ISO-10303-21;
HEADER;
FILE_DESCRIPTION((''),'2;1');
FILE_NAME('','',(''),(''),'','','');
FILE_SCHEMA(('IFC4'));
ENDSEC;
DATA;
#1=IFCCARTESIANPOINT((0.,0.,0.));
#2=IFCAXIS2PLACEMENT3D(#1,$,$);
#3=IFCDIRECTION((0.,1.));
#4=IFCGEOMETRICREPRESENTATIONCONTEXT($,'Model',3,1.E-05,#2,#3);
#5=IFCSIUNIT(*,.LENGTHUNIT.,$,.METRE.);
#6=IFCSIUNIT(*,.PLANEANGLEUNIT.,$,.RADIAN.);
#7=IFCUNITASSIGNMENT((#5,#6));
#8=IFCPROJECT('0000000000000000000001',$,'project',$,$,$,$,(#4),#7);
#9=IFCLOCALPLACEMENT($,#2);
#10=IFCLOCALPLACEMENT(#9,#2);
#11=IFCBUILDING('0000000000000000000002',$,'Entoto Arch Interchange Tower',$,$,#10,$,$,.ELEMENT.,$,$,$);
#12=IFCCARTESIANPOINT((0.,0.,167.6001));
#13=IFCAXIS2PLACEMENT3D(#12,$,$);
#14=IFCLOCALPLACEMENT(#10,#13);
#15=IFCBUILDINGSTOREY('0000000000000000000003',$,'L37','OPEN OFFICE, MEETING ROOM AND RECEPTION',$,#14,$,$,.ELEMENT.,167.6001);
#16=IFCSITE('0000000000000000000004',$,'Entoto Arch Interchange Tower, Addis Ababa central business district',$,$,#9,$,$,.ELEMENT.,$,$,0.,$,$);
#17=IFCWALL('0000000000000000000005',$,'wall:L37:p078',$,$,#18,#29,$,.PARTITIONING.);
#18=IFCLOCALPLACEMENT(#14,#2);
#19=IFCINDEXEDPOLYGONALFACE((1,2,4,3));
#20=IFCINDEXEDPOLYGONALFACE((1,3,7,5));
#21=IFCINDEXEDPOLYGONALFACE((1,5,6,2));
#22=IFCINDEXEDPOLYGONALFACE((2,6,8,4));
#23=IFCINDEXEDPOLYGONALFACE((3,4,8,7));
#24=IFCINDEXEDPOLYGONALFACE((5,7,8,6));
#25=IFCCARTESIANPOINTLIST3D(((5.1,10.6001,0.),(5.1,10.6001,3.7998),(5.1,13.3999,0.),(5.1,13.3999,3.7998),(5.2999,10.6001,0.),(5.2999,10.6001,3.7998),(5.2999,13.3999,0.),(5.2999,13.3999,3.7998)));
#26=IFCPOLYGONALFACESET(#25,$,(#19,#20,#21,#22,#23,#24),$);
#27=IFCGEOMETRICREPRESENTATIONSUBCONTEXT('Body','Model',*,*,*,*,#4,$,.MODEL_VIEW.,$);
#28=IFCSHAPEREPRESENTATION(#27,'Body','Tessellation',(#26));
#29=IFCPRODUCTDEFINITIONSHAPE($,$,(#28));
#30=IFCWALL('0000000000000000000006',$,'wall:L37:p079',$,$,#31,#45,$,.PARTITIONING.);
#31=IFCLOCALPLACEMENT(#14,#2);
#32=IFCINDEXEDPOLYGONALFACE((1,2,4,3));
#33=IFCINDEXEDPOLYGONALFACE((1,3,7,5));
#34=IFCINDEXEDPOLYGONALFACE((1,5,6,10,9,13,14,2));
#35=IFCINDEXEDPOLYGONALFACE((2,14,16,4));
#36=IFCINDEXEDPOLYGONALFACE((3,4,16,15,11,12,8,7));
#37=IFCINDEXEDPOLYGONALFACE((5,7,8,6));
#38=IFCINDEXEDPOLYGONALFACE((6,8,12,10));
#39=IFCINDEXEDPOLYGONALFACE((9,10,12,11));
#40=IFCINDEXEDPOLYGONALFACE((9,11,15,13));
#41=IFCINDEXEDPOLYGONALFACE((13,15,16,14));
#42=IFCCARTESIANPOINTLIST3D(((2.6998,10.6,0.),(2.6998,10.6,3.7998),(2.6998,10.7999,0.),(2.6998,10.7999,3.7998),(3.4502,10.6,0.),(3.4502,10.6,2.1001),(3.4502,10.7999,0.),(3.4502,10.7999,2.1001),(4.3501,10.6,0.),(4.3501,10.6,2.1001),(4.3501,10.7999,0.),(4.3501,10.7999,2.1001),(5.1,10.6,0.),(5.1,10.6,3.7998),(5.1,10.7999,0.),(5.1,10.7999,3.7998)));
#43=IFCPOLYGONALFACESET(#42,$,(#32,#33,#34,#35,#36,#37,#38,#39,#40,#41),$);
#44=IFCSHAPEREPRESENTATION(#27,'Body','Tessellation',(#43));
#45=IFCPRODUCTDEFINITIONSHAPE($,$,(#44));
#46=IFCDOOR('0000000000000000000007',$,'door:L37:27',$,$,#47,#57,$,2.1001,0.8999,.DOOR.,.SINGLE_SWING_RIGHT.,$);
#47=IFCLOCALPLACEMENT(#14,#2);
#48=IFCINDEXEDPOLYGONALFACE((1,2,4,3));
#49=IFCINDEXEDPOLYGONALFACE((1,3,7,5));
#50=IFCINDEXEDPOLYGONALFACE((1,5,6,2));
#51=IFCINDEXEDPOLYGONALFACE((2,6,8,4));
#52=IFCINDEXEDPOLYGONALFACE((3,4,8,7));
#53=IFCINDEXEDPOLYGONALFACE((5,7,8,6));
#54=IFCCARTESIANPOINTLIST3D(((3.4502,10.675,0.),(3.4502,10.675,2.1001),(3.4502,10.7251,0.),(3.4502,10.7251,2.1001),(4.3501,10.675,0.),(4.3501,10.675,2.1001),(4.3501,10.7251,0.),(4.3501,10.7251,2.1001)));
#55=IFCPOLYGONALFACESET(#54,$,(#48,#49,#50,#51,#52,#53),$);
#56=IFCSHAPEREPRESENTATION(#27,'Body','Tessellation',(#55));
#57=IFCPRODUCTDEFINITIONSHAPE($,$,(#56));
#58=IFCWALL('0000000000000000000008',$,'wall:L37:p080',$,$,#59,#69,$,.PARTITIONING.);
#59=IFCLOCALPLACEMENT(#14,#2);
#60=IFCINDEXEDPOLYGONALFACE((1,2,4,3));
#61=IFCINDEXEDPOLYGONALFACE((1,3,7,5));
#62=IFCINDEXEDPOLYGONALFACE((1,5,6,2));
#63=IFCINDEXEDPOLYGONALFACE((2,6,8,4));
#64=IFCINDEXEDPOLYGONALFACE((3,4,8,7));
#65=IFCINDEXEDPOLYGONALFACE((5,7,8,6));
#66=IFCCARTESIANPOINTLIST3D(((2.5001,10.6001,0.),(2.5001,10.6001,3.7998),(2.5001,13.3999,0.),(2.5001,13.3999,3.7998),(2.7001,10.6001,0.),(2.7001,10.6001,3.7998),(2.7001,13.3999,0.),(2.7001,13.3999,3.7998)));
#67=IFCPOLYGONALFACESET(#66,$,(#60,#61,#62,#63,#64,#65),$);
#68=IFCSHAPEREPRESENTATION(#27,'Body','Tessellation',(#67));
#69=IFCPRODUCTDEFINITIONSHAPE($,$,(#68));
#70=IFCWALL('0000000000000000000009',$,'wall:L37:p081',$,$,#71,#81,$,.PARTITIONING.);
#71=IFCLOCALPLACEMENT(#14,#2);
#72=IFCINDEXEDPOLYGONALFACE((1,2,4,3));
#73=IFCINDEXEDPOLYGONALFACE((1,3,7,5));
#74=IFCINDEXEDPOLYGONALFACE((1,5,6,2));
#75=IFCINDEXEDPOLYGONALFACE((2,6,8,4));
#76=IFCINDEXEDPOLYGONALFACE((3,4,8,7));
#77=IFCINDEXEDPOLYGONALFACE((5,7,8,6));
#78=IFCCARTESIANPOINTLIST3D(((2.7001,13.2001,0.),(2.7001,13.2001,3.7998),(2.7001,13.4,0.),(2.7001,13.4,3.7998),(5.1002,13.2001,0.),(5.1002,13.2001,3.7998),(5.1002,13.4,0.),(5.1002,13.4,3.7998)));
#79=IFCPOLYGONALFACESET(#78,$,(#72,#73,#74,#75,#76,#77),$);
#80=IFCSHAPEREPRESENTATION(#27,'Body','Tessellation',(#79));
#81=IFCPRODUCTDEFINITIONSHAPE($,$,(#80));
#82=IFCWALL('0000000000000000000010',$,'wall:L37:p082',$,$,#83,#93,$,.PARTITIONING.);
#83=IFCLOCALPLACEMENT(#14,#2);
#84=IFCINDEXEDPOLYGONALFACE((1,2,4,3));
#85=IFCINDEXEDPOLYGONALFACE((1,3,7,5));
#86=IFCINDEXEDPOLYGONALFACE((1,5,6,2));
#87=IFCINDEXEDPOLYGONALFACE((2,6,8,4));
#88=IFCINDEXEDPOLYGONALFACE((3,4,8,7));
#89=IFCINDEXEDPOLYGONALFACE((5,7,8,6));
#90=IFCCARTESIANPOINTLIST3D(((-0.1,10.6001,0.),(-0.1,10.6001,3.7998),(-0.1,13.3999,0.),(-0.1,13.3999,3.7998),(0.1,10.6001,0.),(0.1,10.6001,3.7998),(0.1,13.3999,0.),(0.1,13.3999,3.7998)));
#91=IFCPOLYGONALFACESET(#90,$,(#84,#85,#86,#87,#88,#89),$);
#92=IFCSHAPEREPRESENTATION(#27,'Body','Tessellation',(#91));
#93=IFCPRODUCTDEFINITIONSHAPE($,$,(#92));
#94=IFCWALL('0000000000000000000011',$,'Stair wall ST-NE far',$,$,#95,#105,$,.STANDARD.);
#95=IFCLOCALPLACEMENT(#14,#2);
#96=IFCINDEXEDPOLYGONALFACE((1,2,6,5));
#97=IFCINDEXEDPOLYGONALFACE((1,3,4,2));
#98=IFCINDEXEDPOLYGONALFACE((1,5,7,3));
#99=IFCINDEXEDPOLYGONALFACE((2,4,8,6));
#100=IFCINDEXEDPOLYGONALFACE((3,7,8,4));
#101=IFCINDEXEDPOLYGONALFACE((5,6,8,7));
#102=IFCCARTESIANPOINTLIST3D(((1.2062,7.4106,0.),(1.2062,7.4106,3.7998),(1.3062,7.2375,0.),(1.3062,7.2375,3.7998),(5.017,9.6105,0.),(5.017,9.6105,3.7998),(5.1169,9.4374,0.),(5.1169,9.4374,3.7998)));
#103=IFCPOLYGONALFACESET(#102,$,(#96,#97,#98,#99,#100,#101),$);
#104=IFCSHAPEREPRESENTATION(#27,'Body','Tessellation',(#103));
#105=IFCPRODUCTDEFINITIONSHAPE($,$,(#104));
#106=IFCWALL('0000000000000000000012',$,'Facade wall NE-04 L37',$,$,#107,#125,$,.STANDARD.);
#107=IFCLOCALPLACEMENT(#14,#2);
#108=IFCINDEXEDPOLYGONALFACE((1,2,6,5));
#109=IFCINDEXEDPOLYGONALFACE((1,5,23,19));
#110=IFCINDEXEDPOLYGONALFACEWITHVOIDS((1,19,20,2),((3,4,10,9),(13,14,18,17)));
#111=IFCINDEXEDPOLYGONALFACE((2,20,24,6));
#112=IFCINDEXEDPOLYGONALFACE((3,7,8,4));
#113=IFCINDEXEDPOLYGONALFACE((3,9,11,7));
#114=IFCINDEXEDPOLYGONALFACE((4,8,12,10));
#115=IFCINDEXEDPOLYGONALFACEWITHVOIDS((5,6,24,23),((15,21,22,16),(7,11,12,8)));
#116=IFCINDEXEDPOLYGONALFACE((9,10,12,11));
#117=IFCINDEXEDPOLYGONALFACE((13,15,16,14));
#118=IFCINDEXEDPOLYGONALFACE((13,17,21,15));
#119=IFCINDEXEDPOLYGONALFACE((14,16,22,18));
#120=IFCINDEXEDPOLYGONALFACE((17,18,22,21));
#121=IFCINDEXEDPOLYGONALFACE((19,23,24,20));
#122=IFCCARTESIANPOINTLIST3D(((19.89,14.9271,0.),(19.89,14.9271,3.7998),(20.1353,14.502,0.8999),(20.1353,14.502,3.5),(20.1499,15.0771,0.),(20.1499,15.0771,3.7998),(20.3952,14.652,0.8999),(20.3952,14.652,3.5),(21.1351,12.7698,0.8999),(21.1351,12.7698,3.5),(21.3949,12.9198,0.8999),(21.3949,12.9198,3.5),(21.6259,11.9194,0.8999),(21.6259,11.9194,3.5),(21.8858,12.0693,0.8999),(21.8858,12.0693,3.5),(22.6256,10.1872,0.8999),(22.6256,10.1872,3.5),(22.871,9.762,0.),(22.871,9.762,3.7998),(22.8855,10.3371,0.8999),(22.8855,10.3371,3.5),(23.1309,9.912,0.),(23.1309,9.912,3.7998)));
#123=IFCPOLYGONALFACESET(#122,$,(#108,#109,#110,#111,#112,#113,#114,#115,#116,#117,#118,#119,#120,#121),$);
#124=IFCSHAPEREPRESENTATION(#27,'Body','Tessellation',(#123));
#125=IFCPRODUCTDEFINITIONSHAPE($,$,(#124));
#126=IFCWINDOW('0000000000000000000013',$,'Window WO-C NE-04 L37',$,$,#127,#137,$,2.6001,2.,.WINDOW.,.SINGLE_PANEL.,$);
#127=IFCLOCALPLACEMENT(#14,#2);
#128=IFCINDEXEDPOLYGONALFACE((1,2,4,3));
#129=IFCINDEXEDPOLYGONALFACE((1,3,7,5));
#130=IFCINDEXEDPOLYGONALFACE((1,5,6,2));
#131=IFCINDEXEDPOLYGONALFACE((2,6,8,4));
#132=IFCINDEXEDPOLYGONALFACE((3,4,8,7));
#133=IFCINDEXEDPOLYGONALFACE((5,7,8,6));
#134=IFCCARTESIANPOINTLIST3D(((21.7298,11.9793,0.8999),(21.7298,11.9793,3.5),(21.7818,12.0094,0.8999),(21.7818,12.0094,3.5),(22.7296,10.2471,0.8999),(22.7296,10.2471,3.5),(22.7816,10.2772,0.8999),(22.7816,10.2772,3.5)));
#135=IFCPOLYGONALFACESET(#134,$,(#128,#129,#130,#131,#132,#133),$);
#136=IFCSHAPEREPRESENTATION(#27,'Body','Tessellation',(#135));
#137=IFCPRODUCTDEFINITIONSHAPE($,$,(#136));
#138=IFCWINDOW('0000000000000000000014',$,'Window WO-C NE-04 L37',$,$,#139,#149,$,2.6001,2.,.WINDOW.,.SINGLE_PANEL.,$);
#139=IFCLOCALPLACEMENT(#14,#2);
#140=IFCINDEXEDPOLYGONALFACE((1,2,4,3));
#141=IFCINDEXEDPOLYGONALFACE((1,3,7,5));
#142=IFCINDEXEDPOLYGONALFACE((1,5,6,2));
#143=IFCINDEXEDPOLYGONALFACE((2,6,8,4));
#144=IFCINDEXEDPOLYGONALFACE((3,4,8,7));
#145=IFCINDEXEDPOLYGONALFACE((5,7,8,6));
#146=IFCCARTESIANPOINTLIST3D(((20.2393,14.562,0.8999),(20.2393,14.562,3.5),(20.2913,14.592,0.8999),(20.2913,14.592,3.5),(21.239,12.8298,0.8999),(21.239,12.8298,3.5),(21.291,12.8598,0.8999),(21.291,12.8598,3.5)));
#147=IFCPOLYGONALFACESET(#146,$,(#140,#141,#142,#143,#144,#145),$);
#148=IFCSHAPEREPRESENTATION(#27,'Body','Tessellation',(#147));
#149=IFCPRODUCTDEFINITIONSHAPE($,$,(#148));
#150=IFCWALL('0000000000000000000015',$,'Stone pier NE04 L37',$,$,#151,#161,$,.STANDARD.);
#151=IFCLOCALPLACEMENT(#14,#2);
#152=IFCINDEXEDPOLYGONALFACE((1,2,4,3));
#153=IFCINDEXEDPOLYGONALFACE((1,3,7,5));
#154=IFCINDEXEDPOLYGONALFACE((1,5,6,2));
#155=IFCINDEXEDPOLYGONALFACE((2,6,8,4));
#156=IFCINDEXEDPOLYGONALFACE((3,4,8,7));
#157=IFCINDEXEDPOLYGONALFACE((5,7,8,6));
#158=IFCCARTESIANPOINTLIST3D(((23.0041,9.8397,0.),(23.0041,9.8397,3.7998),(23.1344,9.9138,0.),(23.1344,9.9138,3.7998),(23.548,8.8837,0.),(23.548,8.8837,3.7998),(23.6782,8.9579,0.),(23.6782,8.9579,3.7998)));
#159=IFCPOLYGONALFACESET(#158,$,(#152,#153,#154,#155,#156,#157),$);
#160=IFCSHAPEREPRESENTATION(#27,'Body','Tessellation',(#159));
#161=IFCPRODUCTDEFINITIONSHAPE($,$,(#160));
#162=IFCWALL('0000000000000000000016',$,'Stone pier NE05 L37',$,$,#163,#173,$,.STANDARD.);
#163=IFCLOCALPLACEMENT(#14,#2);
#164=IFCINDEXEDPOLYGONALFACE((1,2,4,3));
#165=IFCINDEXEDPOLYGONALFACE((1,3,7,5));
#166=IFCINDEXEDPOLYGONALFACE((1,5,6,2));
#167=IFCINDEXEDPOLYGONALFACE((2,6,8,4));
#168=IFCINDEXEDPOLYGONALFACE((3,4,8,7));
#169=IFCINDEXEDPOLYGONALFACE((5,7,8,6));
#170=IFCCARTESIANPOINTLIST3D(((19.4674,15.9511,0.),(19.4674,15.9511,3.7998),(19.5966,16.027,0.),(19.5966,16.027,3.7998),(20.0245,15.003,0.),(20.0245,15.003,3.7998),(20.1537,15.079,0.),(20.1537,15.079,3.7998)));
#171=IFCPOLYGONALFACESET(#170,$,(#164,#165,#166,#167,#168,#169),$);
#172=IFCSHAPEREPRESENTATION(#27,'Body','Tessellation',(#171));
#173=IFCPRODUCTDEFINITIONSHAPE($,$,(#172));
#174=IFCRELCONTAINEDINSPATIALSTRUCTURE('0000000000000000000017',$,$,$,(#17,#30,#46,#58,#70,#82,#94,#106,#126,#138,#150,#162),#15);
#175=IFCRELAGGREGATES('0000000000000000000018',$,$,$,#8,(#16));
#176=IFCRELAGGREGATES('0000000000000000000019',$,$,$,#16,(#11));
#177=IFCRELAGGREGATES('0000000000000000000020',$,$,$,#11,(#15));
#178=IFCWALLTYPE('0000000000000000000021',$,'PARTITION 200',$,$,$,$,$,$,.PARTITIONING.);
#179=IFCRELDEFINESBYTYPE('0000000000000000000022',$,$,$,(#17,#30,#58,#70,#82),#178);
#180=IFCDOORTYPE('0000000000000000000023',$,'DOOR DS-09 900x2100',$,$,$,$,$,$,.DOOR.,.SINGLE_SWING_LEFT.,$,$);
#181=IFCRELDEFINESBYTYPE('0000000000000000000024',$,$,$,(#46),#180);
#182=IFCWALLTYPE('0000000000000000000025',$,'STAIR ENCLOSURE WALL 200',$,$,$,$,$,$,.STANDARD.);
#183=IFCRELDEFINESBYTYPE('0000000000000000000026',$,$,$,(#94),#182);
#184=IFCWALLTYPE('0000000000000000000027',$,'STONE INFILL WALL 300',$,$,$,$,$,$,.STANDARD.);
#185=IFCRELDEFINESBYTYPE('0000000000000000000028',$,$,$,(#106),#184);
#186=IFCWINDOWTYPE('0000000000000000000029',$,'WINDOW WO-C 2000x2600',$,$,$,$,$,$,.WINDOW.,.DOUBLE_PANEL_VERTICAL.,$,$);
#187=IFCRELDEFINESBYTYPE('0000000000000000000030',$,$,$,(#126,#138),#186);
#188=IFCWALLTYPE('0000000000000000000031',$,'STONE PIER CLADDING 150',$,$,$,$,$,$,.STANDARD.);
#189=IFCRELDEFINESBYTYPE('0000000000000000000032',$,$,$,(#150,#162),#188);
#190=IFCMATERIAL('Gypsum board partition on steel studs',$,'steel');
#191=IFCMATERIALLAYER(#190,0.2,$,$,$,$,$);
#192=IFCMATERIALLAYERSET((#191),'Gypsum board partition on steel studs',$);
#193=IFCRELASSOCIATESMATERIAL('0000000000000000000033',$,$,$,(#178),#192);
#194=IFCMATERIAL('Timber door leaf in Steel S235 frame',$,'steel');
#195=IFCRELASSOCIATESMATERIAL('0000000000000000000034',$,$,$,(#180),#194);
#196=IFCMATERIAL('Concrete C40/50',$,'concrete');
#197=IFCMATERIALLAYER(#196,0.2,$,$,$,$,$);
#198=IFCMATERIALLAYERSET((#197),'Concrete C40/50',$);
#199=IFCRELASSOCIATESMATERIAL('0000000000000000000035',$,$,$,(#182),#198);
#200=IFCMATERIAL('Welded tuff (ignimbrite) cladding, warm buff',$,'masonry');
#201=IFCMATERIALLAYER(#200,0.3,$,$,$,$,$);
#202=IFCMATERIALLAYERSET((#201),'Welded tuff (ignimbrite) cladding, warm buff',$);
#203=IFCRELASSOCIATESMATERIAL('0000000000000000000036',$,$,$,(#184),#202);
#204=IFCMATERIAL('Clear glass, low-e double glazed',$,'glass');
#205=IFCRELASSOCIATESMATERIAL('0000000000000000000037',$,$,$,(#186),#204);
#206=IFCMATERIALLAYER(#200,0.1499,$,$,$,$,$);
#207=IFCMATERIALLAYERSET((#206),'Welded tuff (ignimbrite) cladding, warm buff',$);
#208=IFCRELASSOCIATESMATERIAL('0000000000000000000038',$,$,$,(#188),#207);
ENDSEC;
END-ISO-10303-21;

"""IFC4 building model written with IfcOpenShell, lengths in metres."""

from ifc_helpers import new_model, si_unit, direction, frame, frame_2d, origin, place, context, subcontext, project, spatial, rectangle, extrude, material, layer, layer_set, type_object, element, fill, save


model = new_model("IFC4")

# Units and contexts
model_context = context("Model", 3, precision=1e-05, world=origin(), true_north=direction((0.0, 1.0)))
body_context = subcontext(model_context, "Body", "Model", "MODEL_VIEW")
ifc_project = project(units=[si_unit("LENGTHUNIT", "METRE"), si_unit("PLANEANGLEUNIT", "RADIAN")], contexts=[model_context])

# Site, building, storey
site_placement = place(None, origin())
site = spatial("IfcSite", under=ifc_project, at=site_placement, Name="Entoto Arch Interchange Tower, Addis Ababa central business district", CompositionType="ELEMENT", RefElevation=0.0)
building_placement = place(site_placement, origin())
building = spatial("IfcBuilding", under=site, at=building_placement, Name="Entoto Arch Interchange Tower", CompositionType="ELEMENT")
storey_placement = place(building_placement, frame((0.0, 0.0, 167.6001)))
storey = spatial("IfcBuildingStorey", under=building, at=storey_placement, Name="L37", Description="OPEN OFFICE, MEETING ROOM AND RECEPTION", CompositionType="ELEMENT", Elevation=167.6001)

# Wall
ifc_material_1 = material(Name="Gypsum board partition on steel studs", Category="steel")
ifc_layer_1 = layer(ifc_material_1, 0.2)
ifc_layer_set_1 = layer_set([ifc_layer_1], Name="Gypsum board partition on steel studs")
wall_type_1 = type_object("IfcWallType", Name="PARTITION 200", PredefinedType="PARTITIONING", material=ifc_layer_set_1)
wall_1_placement = place(storey_placement, frame((5.2, 13.3999, 0.0), z_axis=(0.0, 0.0, 1.0), x_axis=(0.0, -1.0, 0.0)))
element("IfcWall", 1, at=wall_1_placement, inside=storey, type_object=wall_type_1, Name="wall:L37:p078", PredefinedType="PARTITIONING", context=body_context, shape_type="SweptSolid", body=[
    extrude(rectangle(XDim=2.7998, YDim=0.2, at=frame_2d((1.3999, 0.0))), origin(), (0.0, 0.0, 1.0), 3.7998),
])

# Wall, opening, door
wall_2_placement = place(storey_placement, frame((5.1001, 10.7, 0.0), z_axis=(0.0, 0.0, 1.0), x_axis=(-1.0, 0.0, 0.0)))
wall_2 = element("IfcWall", 2, at=wall_2_placement, inside=storey, type_object=wall_type_1, Name="wall:L37:p079", PredefinedType="PARTITIONING", context=body_context, shape_type="SweptSolid", body=[
    extrude(rectangle(XDim=2.4001, YDim=0.2, at=frame_2d((1.2002, 0.0))), origin(), (0.0, 0.0, 1.0), 3.7998),
])
opening_1_placement = place(wall_2_placement, frame((0.75, 0.0, 0.0)))
opening_1 = element("IfcOpeningElement", 3, at=opening_1_placement, cuts=wall_2, PredefinedType="OPENING", context=body_context, shape_type="SweptSolid", body=[
    extrude(rectangle(XDim=0.8999, YDim=2.1001, at=frame_2d((0.45, 1.05))), frame((0.0, 0.1099, 0.0), z_axis=(0.0, -1.0, 0.0), x_axis=(1.0, 0.0, 0.0)), (0.0, 0.0, 1.0), 0.22),
])
ifc_material_2 = material(Name="Timber door leaf in Steel S235 frame", Category="steel")
door_type_1 = type_object("IfcDoorType", Name="DOOR DS-09 900x2100", OperationType="SINGLE_SWING_LEFT", PredefinedType="DOOR", material=ifc_material_2)
door_1_placement = place(opening_1_placement, origin())
door_1 = element("IfcDoor", 4, at=door_1_placement, inside=storey, type_object=door_type_1, Name="door:L37:27", OperationType="SINGLE_SWING_RIGHT", OverallHeight=2.1001, OverallWidth=0.8999, PredefinedType="DOOR", context=body_context, shape_type="SweptSolid", body=[
    extrude(rectangle(XDim=0.8999, YDim=2.1001, at=frame_2d((0.45, 1.05))), frame((0.0, 0.0249, 0.0), z_axis=(0.0, -1.0, 0.0), x_axis=(1.0, 0.0, 0.0)), (0.0, 0.0, 1.0), 0.05),
])
fill(opening_1, door_1)

# Walls
wall_3_placement = place(storey_placement, frame((2.6001, 10.6001, 0.0), z_axis=(0.0, 0.0, 1.0), x_axis=(0.0, 1.0, 0.0)))
element("IfcWall", 5, at=wall_3_placement, inside=storey, type_object=wall_type_1, Name="wall:L37:p080", PredefinedType="PARTITIONING", context=body_context, shape_type="SweptSolid", body=[
    extrude(rectangle(XDim=2.7998, YDim=0.2, at=frame_2d((1.3999, 0.0))), origin(), (0.0, 0.0, 1.0), 3.7998),
])
wall_4_placement = place(storey_placement, frame((2.7, 13.3, 0.0), z_axis=(0.0, 0.0, 1.0), x_axis=(1.0, 0.0, 0.0)))
element("IfcWall", 6, at=wall_4_placement, inside=storey, type_object=wall_type_1, Name="wall:L37:p081", PredefinedType="PARTITIONING", context=body_context, shape_type="SweptSolid", body=[
    extrude(rectangle(XDim=2.4001, YDim=0.2, at=frame_2d((1.2002, 0.0))), origin(), (0.0, 0.0, 1.0), 3.7998),
])
wall_5_placement = place(storey_placement, frame((0.0, 13.3999, 0.0), z_axis=(0.0, 0.0, 1.0), x_axis=(0.0, -1.0, 0.0)))
element("IfcWall", 7, at=wall_5_placement, inside=storey, type_object=wall_type_1, Name="wall:L37:p082", PredefinedType="PARTITIONING", context=body_context, shape_type="SweptSolid", body=[
    extrude(rectangle(XDim=2.7998, YDim=0.2, at=frame_2d((1.3999, 0.0))), origin(), (0.0, 0.0, 1.0), 3.7998),
])
ifc_material_3 = material(Name="Concrete C40/50", Category="concrete")
ifc_layer_2 = layer(ifc_material_3, 0.2)
ifc_layer_set_2 = layer_set([ifc_layer_2], Name="Concrete C40/50")
wall_type_2 = type_object("IfcWallType", Name="STAIR ENCLOSURE WALL 200", PredefinedType="STANDARD", material=ifc_layer_set_2)
wall_6_placement = place(storey_placement, frame((1.2561, 7.324, 0.0), z_axis=(0.0, 0.0, 1.0), x_axis=(0.866046, 0.499964, 0.0)))
element("IfcWall", 8, at=wall_6_placement, inside=storey, type_object=wall_type_2, Name="Stair wall ST-NE far", PredefinedType="STANDARD", context=body_context, shape_type="SweptSolid", body=[
    extrude(rectangle(XDim=4.4001, YDim=0.2, at=frame_2d((2.2002, 0.0))), origin(), (0.0, 0.0, 1.0), 3.7998),
])

# Wall, openings, windows
ifc_material_4 = material(Name="Welded tuff (ignimbrite) cladding, warm buff", Category="masonry")
ifc_layer_3 = layer(ifc_material_4, 0.3)
ifc_layer_set_3 = layer_set([ifc_layer_3], Name="Welded tuff (ignimbrite) cladding, warm buff")
wall_type_3 = type_object("IfcWallType", Name="STONE INFILL WALL 300", PredefinedType="STANDARD", material=ifc_layer_set_3)
wall_7_placement = place(storey_placement, frame((23.001, 9.8369, 0.0), z_axis=(0.0, 0.0, 1.0), x_axis=(-0.499864, 0.866104, 0.0)))
wall_7 = element("IfcWall", 9, at=wall_7_placement, inside=storey, type_object=wall_type_3, Name="Facade wall NE-04 L37", PredefinedType="STANDARD", context=body_context, shape_type="SweptSolid", body=[
    extrude(rectangle(XDim=5.9636, YDim=0.3, at=frame_2d((2.9819, 0.0))), origin(), (0.0, 0.0, 1.0), 3.7998),
])
opening_2_placement = place(wall_7_placement, frame((0.491, 0.0, 0.8999)))
opening_2 = element("IfcOpeningElement", 10, at=opening_2_placement, cuts=wall_7, PredefinedType="OPENING", context=body_context, shape_type="SweptSolid", body=[
    extrude(rectangle(XDim=2.0, YDim=2.6001, at=frame_2d((1.0, 1.3))), frame((0.0, 0.1602, 0.0), z_axis=(0.0, -1.0, 0.0), x_axis=(1.0, 0.0, 0.0)), (0.0, 0.0, 1.0), 0.3201),
])
opening_3_placement = place(wall_7_placement, frame((3.4729, 0.0, 0.8999)))
opening_3 = element("IfcOpeningElement", 11, at=opening_3_placement, cuts=wall_7, PredefinedType="OPENING", context=body_context, shape_type="SweptSolid", body=[
    extrude(rectangle(XDim=2.0, YDim=2.6001, at=frame_2d((1.0, 1.3))), frame((0.0, 0.1602, 0.0), z_axis=(0.0, -1.0, 0.0), x_axis=(1.0, 0.0, 0.0)), (0.0, 0.0, 1.0), 0.3201),
])
ifc_material_5 = material(Name="Clear glass, low-e double glazed", Category="glass")
window_type = type_object("IfcWindowType", Name="WINDOW WO-C 2000x2600", PartitioningType="DOUBLE_PANEL_VERTICAL", PredefinedType="WINDOW", material=ifc_material_5)
window_1_placement = place(opening_2_placement, origin())
window_1 = element("IfcWindow", 12, at=window_1_placement, inside=storey, type_object=window_type, Name="Window WO-C NE-04 L37", OverallHeight=2.6001, OverallWidth=2.0, PartitioningType="SINGLE_PANEL", PredefinedType="WINDOW", context=body_context, shape_type="SweptSolid", body=[
    extrude(rectangle(XDim=2.0, YDim=2.6001, at=frame_2d((1.0, 1.3))), frame((0.0, 0.03, 0.0), z_axis=(0.0, -1.0, 0.0), x_axis=(1.0, 0.0, 0.0)), (0.0, 0.0, 1.0), 0.0601),
])
fill(opening_2, window_1)
window_2_placement = place(opening_3_placement, origin())
window_2 = element("IfcWindow", 13, at=window_2_placement, inside=storey, type_object=window_type, Name="Window WO-C NE-04 L37", OverallHeight=2.6001, OverallWidth=2.0, PartitioningType="SINGLE_PANEL", PredefinedType="WINDOW", context=body_context, shape_type="SweptSolid", body=[
    extrude(rectangle(XDim=2.0, YDim=2.6001, at=frame_2d((1.0, 1.3))), frame((0.0, 0.03, 0.0), z_axis=(0.0, -1.0, 0.0), x_axis=(1.0, 0.0, 0.0)), (0.0, 0.0, 1.0), 0.0601),
])
fill(opening_3, window_2)

# Walls
ifc_layer_4 = layer(ifc_material_4, 0.1499)
ifc_layer_set_4 = layer_set([ifc_layer_4], Name="Welded tuff (ignimbrite) cladding, warm buff")
wall_type_4 = type_object("IfcWallType", Name="STONE PIER CLADDING 150", PredefinedType="STANDARD", material=ifc_layer_set_4)
wall_8_placement = place(storey_placement, frame((23.613, 8.9209, 0.0), z_axis=(0.0, 0.0, 1.0), x_axis=(-0.494513, 0.86917, 0.0)))
element("IfcWall", 14, at=wall_8_placement, inside=storey, type_object=wall_type_4, Name="Stone pier NE04 L37", PredefinedType="STANDARD", context=body_context, shape_type="SweptSolid", body=[
    extrude(rectangle(XDim=1.0999, YDim=0.1499, at=frame_2d((0.5498, 0.0))), origin(), (0.0, 0.0, 1.0), 3.7998),
])
wall_9_placement = place(storey_placement, frame((20.0891, 15.041, 0.0), z_axis=(0.0, 0.0, 1.0), x_axis=(-0.506671, 0.86214, 0.0)))
element("IfcWall", 15, at=wall_9_placement, inside=storey, type_object=wall_type_4, Name="Stone pier NE05 L37", PredefinedType="STANDARD", context=body_context, shape_type="SweptSolid", body=[
    extrude(rectangle(XDim=1.0996, YDim=0.1499, at=frame_2d((0.5498, 0.0))), origin(), (0.0, 0.0, 1.0), 3.7998),
])

save(model, "model.ifc")
